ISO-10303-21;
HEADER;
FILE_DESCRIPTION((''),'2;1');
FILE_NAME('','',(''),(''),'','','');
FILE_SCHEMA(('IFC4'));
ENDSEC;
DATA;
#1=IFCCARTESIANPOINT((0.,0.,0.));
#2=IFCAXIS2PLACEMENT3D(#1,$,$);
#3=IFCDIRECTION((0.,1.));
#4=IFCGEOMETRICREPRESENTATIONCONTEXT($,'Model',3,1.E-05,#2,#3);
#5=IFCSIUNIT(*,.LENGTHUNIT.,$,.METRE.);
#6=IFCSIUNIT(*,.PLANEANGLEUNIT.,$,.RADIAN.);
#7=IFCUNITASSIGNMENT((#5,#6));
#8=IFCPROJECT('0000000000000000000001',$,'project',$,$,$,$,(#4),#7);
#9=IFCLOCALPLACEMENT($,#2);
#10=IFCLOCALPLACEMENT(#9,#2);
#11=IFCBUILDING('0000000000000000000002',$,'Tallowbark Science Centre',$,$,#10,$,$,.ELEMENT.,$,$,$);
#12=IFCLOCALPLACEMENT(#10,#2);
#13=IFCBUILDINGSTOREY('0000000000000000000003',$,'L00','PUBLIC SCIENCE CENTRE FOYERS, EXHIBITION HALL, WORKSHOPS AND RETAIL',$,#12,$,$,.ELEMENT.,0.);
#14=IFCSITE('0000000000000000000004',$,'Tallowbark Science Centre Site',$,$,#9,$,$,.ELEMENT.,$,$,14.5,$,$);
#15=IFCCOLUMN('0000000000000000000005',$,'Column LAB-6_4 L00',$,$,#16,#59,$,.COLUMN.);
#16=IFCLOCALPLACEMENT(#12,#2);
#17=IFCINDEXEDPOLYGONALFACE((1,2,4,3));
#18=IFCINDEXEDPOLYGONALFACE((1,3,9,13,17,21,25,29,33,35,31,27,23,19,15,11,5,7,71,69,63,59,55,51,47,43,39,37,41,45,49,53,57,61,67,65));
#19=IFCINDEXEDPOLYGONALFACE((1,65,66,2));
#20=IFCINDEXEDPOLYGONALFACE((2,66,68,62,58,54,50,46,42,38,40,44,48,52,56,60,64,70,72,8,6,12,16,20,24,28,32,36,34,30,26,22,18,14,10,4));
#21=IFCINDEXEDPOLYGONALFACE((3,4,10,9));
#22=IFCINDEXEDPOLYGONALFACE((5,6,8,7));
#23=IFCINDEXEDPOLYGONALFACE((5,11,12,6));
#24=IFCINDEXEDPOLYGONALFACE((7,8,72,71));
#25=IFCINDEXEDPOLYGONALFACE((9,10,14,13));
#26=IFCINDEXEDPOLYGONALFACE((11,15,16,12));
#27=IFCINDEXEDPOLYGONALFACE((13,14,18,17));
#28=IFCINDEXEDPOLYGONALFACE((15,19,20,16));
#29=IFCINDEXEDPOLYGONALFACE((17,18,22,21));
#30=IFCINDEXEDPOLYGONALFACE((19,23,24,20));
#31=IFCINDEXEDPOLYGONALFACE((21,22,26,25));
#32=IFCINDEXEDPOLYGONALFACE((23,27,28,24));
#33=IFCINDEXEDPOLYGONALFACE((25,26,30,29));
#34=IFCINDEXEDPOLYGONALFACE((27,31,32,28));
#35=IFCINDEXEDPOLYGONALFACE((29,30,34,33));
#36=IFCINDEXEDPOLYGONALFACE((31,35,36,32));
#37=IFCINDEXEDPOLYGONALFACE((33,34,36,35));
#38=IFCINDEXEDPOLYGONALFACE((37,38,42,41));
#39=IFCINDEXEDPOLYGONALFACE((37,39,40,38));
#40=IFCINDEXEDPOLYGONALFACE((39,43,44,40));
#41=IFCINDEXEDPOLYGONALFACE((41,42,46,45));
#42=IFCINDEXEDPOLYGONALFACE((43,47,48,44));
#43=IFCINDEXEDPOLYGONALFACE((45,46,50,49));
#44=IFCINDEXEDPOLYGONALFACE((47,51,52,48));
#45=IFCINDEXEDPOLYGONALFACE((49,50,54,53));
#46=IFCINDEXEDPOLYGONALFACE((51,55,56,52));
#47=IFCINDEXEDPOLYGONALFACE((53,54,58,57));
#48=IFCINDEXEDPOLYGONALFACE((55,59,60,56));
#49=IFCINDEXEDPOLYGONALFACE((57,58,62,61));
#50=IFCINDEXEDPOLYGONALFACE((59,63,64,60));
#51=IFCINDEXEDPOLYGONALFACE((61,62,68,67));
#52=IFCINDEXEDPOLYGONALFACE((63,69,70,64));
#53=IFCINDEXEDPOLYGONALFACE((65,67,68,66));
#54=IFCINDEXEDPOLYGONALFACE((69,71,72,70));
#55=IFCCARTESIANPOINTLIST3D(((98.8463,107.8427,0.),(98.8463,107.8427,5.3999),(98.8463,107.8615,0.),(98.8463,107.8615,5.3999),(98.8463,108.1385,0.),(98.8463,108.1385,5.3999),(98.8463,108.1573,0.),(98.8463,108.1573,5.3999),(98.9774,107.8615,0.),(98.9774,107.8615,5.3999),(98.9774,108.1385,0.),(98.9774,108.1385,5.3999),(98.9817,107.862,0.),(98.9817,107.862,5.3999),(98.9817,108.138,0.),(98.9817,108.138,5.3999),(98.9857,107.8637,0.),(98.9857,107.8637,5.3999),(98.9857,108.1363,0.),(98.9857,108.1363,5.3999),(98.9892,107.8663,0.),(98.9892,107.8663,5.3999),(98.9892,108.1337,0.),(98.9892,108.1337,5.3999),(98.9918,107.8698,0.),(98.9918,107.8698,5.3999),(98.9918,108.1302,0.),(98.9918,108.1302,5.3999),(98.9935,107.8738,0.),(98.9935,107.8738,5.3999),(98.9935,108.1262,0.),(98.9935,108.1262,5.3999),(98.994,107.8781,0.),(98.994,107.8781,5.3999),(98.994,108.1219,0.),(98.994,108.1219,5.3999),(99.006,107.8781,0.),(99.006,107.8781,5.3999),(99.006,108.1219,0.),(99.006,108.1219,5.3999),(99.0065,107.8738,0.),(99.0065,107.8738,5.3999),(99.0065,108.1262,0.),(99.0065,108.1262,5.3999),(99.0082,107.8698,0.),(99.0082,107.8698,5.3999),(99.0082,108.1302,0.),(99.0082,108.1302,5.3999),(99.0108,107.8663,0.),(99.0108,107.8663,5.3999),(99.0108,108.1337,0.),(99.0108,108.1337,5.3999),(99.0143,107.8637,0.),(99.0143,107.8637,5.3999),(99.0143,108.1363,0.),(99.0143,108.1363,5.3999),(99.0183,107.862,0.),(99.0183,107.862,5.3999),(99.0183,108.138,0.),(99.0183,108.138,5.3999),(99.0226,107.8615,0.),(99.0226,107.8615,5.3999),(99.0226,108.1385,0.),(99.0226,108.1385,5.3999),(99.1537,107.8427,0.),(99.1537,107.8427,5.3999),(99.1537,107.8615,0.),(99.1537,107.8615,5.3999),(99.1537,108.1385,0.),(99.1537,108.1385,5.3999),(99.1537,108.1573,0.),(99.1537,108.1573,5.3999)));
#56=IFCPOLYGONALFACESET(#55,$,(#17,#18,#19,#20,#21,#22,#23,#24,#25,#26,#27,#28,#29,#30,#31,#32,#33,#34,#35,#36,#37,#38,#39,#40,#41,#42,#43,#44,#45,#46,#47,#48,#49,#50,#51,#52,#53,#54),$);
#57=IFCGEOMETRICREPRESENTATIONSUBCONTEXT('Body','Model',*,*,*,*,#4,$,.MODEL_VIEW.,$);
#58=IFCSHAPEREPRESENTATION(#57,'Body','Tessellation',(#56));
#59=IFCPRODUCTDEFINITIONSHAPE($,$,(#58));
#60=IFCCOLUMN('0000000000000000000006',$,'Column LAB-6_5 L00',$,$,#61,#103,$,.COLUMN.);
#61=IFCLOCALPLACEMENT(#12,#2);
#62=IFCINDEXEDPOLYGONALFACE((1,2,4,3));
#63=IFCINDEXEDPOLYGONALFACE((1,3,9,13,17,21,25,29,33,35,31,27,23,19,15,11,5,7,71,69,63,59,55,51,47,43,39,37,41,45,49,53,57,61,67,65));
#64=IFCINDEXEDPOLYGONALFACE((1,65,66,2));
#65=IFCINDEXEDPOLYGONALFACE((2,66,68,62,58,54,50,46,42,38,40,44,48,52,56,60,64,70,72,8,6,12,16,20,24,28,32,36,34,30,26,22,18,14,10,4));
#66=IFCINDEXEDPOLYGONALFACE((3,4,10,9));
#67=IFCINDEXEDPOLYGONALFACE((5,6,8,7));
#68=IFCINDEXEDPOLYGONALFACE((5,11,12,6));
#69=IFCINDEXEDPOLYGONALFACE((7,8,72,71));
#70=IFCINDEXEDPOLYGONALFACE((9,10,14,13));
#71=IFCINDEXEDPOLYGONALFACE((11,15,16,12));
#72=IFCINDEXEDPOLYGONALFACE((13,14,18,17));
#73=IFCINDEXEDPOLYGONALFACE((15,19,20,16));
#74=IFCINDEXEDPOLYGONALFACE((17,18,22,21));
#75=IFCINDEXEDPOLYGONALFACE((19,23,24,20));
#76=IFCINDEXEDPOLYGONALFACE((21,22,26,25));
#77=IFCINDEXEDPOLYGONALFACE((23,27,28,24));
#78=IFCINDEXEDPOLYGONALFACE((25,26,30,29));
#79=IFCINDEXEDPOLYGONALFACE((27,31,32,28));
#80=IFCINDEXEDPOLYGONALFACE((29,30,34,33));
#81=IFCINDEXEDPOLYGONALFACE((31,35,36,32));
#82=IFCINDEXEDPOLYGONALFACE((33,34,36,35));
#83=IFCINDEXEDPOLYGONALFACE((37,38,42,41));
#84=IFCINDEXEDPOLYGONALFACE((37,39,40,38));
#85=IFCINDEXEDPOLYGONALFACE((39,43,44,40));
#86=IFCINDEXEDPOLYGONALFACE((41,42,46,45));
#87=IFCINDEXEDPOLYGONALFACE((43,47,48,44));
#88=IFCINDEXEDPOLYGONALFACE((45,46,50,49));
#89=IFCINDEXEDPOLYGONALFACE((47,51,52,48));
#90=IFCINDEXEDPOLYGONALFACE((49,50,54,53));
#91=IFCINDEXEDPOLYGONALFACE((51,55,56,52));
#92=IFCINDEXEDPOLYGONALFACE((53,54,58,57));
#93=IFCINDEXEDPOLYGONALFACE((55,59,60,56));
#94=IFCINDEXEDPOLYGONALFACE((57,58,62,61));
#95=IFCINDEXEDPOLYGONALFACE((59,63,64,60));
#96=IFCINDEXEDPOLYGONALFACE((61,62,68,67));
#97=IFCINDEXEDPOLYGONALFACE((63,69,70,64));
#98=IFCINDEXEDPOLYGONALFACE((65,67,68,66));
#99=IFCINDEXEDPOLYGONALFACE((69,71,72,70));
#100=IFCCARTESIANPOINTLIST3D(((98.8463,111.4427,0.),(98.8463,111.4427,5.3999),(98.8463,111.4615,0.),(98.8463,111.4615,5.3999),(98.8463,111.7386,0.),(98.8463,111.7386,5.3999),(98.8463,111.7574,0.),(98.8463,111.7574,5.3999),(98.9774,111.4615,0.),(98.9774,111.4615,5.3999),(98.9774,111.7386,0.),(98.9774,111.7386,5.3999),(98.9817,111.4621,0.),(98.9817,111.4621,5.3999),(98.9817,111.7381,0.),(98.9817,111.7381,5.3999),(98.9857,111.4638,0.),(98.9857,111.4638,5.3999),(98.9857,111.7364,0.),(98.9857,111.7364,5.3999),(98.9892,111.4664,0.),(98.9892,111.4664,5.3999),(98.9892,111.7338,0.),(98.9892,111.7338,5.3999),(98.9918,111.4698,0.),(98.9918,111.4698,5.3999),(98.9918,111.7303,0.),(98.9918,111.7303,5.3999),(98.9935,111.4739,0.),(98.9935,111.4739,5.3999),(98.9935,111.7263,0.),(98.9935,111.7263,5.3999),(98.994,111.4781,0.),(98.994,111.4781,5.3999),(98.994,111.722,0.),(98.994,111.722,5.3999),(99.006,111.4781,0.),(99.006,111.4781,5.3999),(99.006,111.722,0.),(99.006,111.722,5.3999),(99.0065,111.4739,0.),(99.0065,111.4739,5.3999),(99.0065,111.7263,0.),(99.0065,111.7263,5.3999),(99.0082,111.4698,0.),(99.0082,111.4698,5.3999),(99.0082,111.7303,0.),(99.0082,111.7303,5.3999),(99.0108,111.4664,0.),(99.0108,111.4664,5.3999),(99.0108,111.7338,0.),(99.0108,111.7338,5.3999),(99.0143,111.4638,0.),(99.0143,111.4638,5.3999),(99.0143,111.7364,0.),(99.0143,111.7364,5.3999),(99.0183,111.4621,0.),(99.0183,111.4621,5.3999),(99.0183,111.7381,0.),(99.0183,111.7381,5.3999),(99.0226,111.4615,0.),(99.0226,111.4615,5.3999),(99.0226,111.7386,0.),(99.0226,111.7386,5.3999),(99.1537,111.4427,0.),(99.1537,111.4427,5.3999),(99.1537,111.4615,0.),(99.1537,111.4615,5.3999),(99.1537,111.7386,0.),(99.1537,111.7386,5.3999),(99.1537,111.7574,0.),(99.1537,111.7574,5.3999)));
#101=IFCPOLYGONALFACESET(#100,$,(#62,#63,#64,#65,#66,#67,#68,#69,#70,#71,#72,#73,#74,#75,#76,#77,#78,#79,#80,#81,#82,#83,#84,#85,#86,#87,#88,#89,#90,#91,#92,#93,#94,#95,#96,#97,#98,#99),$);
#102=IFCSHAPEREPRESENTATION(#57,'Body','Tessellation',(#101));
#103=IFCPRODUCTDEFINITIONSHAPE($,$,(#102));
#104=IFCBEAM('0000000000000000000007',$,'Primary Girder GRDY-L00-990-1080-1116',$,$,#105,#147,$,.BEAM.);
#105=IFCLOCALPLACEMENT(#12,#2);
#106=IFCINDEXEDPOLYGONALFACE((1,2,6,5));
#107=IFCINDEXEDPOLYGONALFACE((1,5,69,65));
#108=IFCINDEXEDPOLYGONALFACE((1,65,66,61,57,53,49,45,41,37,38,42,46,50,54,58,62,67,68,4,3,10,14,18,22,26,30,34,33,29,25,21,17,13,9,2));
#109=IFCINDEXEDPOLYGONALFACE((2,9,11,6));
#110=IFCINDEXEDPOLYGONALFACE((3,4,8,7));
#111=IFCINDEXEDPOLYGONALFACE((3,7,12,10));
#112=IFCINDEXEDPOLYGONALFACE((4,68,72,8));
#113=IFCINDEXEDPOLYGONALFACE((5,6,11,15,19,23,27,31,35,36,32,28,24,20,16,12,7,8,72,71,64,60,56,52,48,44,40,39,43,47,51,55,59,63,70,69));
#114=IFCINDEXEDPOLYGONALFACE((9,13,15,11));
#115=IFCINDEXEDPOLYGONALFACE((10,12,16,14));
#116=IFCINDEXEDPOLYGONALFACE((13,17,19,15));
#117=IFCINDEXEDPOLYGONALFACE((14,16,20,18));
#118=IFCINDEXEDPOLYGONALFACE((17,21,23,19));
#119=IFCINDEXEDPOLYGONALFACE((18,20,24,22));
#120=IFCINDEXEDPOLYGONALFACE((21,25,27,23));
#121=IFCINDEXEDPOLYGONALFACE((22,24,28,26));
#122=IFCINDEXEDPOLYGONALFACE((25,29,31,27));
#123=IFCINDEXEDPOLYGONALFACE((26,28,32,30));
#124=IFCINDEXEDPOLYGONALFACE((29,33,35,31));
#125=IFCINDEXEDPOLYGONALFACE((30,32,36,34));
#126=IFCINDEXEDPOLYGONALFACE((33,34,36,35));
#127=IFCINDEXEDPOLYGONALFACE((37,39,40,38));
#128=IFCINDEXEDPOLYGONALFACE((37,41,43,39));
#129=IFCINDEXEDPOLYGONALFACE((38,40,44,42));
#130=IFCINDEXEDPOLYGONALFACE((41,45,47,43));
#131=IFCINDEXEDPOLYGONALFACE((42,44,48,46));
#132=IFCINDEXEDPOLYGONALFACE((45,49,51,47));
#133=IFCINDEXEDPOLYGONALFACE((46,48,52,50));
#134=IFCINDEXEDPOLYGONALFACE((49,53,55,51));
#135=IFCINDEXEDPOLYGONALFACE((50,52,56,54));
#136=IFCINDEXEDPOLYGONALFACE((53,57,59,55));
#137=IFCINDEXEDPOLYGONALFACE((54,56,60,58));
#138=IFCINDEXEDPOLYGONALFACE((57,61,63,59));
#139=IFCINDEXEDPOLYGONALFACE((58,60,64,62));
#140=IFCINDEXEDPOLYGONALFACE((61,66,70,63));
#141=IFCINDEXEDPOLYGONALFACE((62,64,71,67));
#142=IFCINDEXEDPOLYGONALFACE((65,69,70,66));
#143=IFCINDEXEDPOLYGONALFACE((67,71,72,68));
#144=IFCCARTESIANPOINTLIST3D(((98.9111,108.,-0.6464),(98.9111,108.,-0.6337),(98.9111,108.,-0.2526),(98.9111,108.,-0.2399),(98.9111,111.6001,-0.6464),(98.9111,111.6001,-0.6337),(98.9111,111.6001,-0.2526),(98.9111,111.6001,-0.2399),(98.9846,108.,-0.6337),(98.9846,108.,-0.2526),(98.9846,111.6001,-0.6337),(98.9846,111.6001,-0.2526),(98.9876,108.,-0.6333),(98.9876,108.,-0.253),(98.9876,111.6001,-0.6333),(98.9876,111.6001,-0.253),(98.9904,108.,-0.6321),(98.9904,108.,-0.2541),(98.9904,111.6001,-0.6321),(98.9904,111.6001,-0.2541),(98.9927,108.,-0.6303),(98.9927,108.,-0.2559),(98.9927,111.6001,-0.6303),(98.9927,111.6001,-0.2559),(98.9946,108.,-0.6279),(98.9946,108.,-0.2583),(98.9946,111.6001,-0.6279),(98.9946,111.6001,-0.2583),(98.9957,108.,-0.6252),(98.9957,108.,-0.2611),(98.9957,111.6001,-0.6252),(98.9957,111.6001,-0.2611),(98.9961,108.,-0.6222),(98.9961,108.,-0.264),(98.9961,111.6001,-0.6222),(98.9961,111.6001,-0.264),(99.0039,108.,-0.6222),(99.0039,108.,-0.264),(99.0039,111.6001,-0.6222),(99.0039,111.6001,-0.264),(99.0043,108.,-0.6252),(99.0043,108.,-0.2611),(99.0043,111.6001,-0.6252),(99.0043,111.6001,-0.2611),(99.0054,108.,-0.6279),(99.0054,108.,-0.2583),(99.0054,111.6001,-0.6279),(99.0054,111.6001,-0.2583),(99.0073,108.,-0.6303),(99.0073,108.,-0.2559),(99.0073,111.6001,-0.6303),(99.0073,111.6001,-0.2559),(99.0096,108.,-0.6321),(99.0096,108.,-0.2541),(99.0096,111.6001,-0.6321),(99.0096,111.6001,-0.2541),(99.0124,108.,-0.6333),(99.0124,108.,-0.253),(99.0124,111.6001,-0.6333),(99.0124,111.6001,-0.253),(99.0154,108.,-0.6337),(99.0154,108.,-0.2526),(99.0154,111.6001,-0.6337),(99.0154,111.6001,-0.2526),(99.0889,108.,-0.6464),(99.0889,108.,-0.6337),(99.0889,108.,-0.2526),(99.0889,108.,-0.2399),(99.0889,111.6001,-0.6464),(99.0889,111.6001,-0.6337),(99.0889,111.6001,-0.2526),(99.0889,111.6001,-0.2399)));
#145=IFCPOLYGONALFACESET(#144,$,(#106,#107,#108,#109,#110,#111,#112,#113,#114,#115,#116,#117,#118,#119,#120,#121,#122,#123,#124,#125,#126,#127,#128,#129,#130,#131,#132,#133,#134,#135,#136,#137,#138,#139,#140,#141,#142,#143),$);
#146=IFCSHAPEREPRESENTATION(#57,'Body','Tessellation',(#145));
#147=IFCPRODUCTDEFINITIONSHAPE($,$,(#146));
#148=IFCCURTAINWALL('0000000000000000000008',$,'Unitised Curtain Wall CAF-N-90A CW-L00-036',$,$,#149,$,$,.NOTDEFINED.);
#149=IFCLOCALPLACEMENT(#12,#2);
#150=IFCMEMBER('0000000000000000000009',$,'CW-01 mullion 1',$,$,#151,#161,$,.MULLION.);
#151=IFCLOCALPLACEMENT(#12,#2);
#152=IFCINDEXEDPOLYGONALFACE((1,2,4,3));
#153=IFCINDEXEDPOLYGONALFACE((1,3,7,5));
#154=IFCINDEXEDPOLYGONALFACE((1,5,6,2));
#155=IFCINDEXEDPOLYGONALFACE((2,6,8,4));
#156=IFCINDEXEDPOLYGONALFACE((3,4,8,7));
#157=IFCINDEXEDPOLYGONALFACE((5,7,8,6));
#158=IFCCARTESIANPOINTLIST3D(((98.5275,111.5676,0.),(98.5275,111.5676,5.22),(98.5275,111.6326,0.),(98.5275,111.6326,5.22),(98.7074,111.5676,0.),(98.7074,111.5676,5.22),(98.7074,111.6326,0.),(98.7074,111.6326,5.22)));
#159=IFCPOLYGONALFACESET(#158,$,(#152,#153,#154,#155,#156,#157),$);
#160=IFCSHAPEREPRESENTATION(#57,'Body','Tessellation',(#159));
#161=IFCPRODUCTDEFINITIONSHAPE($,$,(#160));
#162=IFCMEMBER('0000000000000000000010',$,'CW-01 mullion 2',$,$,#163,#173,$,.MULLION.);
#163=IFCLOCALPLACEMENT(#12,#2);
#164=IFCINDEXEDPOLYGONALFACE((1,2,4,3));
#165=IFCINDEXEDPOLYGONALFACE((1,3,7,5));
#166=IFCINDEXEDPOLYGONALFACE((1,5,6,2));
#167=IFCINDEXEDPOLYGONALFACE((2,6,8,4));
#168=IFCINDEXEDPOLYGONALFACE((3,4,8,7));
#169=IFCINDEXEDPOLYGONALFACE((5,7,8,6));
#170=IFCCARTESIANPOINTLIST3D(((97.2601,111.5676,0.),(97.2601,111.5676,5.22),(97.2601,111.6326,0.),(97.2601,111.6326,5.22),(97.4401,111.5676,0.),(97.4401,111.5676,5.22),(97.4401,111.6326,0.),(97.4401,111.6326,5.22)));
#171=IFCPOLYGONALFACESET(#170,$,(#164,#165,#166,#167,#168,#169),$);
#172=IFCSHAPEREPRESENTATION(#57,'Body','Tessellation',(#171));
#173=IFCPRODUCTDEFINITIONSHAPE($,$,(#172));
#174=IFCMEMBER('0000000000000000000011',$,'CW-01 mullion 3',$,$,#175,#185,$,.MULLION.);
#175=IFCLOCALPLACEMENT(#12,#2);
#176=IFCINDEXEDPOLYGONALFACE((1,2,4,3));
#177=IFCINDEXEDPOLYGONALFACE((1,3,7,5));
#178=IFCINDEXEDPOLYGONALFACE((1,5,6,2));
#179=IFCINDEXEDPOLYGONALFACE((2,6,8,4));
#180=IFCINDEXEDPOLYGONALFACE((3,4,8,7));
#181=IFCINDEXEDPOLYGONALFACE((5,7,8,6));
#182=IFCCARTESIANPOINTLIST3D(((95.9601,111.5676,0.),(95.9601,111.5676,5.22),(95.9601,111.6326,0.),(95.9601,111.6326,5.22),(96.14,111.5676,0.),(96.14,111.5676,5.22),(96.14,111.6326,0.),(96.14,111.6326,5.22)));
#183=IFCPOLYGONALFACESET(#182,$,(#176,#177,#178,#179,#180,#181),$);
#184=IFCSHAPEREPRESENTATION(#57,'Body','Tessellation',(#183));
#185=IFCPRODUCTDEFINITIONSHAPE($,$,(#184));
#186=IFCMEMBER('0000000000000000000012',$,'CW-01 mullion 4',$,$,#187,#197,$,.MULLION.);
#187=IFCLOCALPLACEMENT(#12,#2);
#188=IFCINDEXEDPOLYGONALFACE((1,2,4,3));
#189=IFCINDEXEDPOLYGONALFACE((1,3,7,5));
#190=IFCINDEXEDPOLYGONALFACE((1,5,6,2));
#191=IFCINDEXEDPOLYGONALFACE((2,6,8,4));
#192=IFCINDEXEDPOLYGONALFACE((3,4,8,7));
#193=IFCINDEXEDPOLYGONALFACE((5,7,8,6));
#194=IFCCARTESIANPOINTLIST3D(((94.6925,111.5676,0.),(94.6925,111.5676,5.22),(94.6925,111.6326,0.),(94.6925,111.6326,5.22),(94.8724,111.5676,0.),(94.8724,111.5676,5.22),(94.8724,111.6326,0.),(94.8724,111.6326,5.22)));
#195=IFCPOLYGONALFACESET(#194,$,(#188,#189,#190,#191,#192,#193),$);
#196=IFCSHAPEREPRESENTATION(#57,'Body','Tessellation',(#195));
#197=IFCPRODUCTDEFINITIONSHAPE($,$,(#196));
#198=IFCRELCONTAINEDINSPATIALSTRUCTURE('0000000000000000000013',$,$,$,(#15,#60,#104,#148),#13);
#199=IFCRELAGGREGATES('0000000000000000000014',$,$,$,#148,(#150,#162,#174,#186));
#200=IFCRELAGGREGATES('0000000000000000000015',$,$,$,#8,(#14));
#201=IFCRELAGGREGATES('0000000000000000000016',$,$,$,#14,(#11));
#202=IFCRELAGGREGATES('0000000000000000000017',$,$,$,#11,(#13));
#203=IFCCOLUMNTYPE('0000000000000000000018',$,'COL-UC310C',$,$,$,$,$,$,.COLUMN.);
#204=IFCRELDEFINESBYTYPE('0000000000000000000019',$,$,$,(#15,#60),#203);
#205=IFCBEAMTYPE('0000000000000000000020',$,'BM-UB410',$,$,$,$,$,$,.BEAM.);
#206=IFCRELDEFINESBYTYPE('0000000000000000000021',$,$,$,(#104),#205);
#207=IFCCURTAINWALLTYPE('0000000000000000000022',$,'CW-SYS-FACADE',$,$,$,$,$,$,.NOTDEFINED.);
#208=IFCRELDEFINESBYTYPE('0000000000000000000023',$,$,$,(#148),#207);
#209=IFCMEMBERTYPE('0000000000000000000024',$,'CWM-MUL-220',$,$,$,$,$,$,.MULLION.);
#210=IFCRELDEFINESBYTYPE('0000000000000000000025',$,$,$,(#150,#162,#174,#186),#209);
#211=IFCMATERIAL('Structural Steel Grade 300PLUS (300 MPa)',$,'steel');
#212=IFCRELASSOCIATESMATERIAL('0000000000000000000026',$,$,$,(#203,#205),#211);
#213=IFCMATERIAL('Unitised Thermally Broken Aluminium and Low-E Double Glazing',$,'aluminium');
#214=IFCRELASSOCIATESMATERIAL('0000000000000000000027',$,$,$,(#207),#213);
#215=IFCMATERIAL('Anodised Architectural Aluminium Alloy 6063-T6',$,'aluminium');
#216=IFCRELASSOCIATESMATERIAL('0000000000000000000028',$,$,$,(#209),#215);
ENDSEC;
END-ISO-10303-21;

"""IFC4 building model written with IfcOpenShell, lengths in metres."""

from ifc_helpers import new_model, si_unit, direction, frame, origin, origin_2d, place, context, subcontext, project, spatial, rectangle, i_section, extrude, material, material_profile, profile_set, type_object, element, aggregate, save


model = new_model("IFC4")

# Units and contexts
model_context = context("Model", 3, precision=1e-05, world=origin(), true_north=direction((0.0, 1.0)))
body_context = subcontext(model_context, "Body", "Model", "MODEL_VIEW")
ifc_project = project(units=[si_unit("LENGTHUNIT", "METRE"), si_unit("PLANEANGLEUNIT", "RADIAN")], contexts=[model_context])

# Site, building, storey
site_placement = place(None, origin())
site = spatial("IfcSite", under=ifc_project, at=site_placement, Name="Tallowbark Science Centre Site", CompositionType="ELEMENT", RefElevation=14.5)
building_placement = place(site_placement, origin())
building = spatial("IfcBuilding", under=site, at=building_placement, Name="Tallowbark Science Centre", CompositionType="ELEMENT")
storey_placement = place(building_placement, origin())
storey = spatial("IfcBuildingStorey", under=building, at=storey_placement, Name="L00", Description="PUBLIC SCIENCE CENTRE FOYERS, EXHIBITION HALL, WORKSHOPS AND RETAIL", CompositionType="ELEMENT", Elevation=0.0)

# Columns
ifc_material_1 = material(Name="Structural Steel Grade 300PLUS (300 MPa)", Category="steel")
ifc_material_profile_1 = material_profile(ifc_material_1, i_section(OverallWidth=0.3074, OverallDepth=0.3147, WebThickness=0.012, FlangeThickness=0.0188, FilletRadius=0.0166, at=origin_2d()), Name="310UC118")
ifc_profile_set_1 = profile_set([ifc_material_profile_1], Name="Structural Steel Grade 300PLUS (300 MPa)")
column_type = type_object("IfcColumnType", Name="COL-UC310C", PredefinedType="COLUMN", material=ifc_profile_set_1)
for number, where, z_axis, x_axis, name in (
    (1, (99.0, 108.0, 0.0), (0.0, 0.0, 1.0), (1.0, 0.0, 0.0), "Column LAB-6_4 L00"),
    (2, (99.0, 111.6001, 0.0), (0.0, 0.0, 1.0), (1.0, 0.0, 0.0), "Column LAB-6_5 L00"),
):
    element("IfcColumn", number, at=place(storey_placement, frame(where, z_axis=z_axis, x_axis=x_axis)), inside=storey, type_object=column_type, Name=name, PredefinedType="COLUMN", context=body_context, shape_type="SweptSolid", body=[
        extrude(i_section(OverallWidth=0.3074, OverallDepth=0.3147, WebThickness=0.012, FlangeThickness=0.0188, FilletRadius=0.0166, at=origin_2d()), origin(), (0.0, 0.0, 1.0), 5.3999),
    ])

# Beam
ifc_material_profile_2 = material_profile(ifc_material_1, i_section(OverallWidth=0.1777, OverallDepth=0.4065, WebThickness=0.0078, FlangeThickness=0.0127, FilletRadius=0.0115, at=origin_2d()), Name="410UB59.7")
ifc_profile_set_2 = profile_set([ifc_material_profile_2], Name="Structural Steel Grade 300PLUS (300 MPa)")
beam_type = type_object("IfcBeamType", Name="BM-UB410", PredefinedType="BEAM", material=ifc_profile_set_2)
beam_placement = place(storey_placement, frame((99.0, 108.0, -0.4431), z_axis=(0.0, 1.0, 0.0), x_axis=(-1.0, 0.0, 0.0)))
element("IfcBeam", 3, at=beam_placement, inside=storey, type_object=beam_type, Name="Primary Girder GRDY-L00-990-1080-1116", PredefinedType="BEAM", context=body_context, shape_type="SweptSolid", body=[
    extrude(i_section(OverallWidth=0.1777, OverallDepth=0.4065, WebThickness=0.0078, FlangeThickness=0.0127, FilletRadius=0.0115, at=origin_2d()), origin(), (0.0, 0.0, 1.0), 3.6001),
])

# Curtain wall, members
ifc_material_2 = material(Name="Unitised Thermally Broken Aluminium and Low-E Double Glazing", Category="aluminium")
curtain_wall_type = type_object("IfcCurtainWallType", Name="CW-SYS-FACADE", PredefinedType="NOTDEFINED", material=ifc_material_2)
curtain_wall_placement = place(storey_placement, origin())
curtain_wall = element("IfcCurtainWall", 4, at=curtain_wall_placement, inside=storey, type_object=curtain_wall_type, Name="Unitised Curtain Wall CAF-N-90A CW-L00-036", PredefinedType="NOTDEFINED")
ifc_material_3 = material(Name="Anodised Architectural Aluminium Alloy 6063-T6", Category="aluminium")
ifc_material_profile_3 = material_profile(ifc_material_3, rectangle(XDim=0.0649, YDim=0.1799, at=origin_2d()), Name="ALU65x180")
ifc_profile_set_3 = profile_set([ifc_material_profile_3], Name="Anodised Architectural Aluminium Alloy 6063-T6")
member_type_1 = type_object("IfcMemberType", Name="CWM-MUL-220", PredefinedType="MULLION", material=ifc_profile_set_3)
member_1_placement = place(storey_placement, frame((98.6174, 111.6001, 0.0), z_axis=(0.0, 0.0, 1.0), x_axis=(0.0, -1.0, 0.0)))
member_1 = element("IfcMember", 5, at=member_1_placement, type_object=member_type_1, Name="CW-01 mullion 1", PredefinedType="MULLION", context=body_context, shape_type="SweptSolid", body=[
    extrude(rectangle(XDim=0.0649, YDim=0.1799, at=origin_2d()), origin(), (0.0, 0.0, 1.0), 5.22),
])
member_2_placement = place(storey_placement, frame((97.3501, 111.6001, 0.0), z_axis=(0.0, 0.0, 1.0), x_axis=(0.0, -1.0, 0.0)))
member_2 = element("IfcMember", 6, at=member_2_placement, type_object=member_type_1, Name="CW-01 mullion 2", PredefinedType="MULLION", context=body_context, shape_type="SweptSolid", body=[
    extrude(rectangle(XDim=0.0649, YDim=0.1799, at=origin_2d()), origin(), (0.0, 0.0, 1.0), 5.22),
])
member_3_placement = place(storey_placement, frame((96.05, 111.6001, 0.0), z_axis=(0.0, 0.0, 1.0), x_axis=(0.0, -1.0, 0.0)))
member_3 = element("IfcMember", 7, at=member_3_placement, type_object=member_type_1, Name="CW-01 mullion 3", PredefinedType="MULLION", context=body_context, shape_type="SweptSolid", body=[
    extrude(rectangle(XDim=0.0649, YDim=0.1799, at=origin_2d()), origin(), (0.0, 0.0, 1.0), 5.22),
])
member_4_placement = place(storey_placement, frame((94.7825, 111.6001, 0.0), z_axis=(0.0, 0.0, 1.0), x_axis=(0.0, -1.0, 0.0)))
member_4 = element("IfcMember", 8, at=member_4_placement, type_object=member_type_1, Name="CW-01 mullion 4", PredefinedType="MULLION", context=body_context, shape_type="SweptSolid", body=[
    extrude(rectangle(XDim=0.0649, YDim=0.1799, at=origin_2d()), origin(), (0.0, 0.0, 1.0), 5.22),
])
aggregate(curtain_wall, [member_1, member_2, member_3, member_4])

save(model, "model.ifc")
